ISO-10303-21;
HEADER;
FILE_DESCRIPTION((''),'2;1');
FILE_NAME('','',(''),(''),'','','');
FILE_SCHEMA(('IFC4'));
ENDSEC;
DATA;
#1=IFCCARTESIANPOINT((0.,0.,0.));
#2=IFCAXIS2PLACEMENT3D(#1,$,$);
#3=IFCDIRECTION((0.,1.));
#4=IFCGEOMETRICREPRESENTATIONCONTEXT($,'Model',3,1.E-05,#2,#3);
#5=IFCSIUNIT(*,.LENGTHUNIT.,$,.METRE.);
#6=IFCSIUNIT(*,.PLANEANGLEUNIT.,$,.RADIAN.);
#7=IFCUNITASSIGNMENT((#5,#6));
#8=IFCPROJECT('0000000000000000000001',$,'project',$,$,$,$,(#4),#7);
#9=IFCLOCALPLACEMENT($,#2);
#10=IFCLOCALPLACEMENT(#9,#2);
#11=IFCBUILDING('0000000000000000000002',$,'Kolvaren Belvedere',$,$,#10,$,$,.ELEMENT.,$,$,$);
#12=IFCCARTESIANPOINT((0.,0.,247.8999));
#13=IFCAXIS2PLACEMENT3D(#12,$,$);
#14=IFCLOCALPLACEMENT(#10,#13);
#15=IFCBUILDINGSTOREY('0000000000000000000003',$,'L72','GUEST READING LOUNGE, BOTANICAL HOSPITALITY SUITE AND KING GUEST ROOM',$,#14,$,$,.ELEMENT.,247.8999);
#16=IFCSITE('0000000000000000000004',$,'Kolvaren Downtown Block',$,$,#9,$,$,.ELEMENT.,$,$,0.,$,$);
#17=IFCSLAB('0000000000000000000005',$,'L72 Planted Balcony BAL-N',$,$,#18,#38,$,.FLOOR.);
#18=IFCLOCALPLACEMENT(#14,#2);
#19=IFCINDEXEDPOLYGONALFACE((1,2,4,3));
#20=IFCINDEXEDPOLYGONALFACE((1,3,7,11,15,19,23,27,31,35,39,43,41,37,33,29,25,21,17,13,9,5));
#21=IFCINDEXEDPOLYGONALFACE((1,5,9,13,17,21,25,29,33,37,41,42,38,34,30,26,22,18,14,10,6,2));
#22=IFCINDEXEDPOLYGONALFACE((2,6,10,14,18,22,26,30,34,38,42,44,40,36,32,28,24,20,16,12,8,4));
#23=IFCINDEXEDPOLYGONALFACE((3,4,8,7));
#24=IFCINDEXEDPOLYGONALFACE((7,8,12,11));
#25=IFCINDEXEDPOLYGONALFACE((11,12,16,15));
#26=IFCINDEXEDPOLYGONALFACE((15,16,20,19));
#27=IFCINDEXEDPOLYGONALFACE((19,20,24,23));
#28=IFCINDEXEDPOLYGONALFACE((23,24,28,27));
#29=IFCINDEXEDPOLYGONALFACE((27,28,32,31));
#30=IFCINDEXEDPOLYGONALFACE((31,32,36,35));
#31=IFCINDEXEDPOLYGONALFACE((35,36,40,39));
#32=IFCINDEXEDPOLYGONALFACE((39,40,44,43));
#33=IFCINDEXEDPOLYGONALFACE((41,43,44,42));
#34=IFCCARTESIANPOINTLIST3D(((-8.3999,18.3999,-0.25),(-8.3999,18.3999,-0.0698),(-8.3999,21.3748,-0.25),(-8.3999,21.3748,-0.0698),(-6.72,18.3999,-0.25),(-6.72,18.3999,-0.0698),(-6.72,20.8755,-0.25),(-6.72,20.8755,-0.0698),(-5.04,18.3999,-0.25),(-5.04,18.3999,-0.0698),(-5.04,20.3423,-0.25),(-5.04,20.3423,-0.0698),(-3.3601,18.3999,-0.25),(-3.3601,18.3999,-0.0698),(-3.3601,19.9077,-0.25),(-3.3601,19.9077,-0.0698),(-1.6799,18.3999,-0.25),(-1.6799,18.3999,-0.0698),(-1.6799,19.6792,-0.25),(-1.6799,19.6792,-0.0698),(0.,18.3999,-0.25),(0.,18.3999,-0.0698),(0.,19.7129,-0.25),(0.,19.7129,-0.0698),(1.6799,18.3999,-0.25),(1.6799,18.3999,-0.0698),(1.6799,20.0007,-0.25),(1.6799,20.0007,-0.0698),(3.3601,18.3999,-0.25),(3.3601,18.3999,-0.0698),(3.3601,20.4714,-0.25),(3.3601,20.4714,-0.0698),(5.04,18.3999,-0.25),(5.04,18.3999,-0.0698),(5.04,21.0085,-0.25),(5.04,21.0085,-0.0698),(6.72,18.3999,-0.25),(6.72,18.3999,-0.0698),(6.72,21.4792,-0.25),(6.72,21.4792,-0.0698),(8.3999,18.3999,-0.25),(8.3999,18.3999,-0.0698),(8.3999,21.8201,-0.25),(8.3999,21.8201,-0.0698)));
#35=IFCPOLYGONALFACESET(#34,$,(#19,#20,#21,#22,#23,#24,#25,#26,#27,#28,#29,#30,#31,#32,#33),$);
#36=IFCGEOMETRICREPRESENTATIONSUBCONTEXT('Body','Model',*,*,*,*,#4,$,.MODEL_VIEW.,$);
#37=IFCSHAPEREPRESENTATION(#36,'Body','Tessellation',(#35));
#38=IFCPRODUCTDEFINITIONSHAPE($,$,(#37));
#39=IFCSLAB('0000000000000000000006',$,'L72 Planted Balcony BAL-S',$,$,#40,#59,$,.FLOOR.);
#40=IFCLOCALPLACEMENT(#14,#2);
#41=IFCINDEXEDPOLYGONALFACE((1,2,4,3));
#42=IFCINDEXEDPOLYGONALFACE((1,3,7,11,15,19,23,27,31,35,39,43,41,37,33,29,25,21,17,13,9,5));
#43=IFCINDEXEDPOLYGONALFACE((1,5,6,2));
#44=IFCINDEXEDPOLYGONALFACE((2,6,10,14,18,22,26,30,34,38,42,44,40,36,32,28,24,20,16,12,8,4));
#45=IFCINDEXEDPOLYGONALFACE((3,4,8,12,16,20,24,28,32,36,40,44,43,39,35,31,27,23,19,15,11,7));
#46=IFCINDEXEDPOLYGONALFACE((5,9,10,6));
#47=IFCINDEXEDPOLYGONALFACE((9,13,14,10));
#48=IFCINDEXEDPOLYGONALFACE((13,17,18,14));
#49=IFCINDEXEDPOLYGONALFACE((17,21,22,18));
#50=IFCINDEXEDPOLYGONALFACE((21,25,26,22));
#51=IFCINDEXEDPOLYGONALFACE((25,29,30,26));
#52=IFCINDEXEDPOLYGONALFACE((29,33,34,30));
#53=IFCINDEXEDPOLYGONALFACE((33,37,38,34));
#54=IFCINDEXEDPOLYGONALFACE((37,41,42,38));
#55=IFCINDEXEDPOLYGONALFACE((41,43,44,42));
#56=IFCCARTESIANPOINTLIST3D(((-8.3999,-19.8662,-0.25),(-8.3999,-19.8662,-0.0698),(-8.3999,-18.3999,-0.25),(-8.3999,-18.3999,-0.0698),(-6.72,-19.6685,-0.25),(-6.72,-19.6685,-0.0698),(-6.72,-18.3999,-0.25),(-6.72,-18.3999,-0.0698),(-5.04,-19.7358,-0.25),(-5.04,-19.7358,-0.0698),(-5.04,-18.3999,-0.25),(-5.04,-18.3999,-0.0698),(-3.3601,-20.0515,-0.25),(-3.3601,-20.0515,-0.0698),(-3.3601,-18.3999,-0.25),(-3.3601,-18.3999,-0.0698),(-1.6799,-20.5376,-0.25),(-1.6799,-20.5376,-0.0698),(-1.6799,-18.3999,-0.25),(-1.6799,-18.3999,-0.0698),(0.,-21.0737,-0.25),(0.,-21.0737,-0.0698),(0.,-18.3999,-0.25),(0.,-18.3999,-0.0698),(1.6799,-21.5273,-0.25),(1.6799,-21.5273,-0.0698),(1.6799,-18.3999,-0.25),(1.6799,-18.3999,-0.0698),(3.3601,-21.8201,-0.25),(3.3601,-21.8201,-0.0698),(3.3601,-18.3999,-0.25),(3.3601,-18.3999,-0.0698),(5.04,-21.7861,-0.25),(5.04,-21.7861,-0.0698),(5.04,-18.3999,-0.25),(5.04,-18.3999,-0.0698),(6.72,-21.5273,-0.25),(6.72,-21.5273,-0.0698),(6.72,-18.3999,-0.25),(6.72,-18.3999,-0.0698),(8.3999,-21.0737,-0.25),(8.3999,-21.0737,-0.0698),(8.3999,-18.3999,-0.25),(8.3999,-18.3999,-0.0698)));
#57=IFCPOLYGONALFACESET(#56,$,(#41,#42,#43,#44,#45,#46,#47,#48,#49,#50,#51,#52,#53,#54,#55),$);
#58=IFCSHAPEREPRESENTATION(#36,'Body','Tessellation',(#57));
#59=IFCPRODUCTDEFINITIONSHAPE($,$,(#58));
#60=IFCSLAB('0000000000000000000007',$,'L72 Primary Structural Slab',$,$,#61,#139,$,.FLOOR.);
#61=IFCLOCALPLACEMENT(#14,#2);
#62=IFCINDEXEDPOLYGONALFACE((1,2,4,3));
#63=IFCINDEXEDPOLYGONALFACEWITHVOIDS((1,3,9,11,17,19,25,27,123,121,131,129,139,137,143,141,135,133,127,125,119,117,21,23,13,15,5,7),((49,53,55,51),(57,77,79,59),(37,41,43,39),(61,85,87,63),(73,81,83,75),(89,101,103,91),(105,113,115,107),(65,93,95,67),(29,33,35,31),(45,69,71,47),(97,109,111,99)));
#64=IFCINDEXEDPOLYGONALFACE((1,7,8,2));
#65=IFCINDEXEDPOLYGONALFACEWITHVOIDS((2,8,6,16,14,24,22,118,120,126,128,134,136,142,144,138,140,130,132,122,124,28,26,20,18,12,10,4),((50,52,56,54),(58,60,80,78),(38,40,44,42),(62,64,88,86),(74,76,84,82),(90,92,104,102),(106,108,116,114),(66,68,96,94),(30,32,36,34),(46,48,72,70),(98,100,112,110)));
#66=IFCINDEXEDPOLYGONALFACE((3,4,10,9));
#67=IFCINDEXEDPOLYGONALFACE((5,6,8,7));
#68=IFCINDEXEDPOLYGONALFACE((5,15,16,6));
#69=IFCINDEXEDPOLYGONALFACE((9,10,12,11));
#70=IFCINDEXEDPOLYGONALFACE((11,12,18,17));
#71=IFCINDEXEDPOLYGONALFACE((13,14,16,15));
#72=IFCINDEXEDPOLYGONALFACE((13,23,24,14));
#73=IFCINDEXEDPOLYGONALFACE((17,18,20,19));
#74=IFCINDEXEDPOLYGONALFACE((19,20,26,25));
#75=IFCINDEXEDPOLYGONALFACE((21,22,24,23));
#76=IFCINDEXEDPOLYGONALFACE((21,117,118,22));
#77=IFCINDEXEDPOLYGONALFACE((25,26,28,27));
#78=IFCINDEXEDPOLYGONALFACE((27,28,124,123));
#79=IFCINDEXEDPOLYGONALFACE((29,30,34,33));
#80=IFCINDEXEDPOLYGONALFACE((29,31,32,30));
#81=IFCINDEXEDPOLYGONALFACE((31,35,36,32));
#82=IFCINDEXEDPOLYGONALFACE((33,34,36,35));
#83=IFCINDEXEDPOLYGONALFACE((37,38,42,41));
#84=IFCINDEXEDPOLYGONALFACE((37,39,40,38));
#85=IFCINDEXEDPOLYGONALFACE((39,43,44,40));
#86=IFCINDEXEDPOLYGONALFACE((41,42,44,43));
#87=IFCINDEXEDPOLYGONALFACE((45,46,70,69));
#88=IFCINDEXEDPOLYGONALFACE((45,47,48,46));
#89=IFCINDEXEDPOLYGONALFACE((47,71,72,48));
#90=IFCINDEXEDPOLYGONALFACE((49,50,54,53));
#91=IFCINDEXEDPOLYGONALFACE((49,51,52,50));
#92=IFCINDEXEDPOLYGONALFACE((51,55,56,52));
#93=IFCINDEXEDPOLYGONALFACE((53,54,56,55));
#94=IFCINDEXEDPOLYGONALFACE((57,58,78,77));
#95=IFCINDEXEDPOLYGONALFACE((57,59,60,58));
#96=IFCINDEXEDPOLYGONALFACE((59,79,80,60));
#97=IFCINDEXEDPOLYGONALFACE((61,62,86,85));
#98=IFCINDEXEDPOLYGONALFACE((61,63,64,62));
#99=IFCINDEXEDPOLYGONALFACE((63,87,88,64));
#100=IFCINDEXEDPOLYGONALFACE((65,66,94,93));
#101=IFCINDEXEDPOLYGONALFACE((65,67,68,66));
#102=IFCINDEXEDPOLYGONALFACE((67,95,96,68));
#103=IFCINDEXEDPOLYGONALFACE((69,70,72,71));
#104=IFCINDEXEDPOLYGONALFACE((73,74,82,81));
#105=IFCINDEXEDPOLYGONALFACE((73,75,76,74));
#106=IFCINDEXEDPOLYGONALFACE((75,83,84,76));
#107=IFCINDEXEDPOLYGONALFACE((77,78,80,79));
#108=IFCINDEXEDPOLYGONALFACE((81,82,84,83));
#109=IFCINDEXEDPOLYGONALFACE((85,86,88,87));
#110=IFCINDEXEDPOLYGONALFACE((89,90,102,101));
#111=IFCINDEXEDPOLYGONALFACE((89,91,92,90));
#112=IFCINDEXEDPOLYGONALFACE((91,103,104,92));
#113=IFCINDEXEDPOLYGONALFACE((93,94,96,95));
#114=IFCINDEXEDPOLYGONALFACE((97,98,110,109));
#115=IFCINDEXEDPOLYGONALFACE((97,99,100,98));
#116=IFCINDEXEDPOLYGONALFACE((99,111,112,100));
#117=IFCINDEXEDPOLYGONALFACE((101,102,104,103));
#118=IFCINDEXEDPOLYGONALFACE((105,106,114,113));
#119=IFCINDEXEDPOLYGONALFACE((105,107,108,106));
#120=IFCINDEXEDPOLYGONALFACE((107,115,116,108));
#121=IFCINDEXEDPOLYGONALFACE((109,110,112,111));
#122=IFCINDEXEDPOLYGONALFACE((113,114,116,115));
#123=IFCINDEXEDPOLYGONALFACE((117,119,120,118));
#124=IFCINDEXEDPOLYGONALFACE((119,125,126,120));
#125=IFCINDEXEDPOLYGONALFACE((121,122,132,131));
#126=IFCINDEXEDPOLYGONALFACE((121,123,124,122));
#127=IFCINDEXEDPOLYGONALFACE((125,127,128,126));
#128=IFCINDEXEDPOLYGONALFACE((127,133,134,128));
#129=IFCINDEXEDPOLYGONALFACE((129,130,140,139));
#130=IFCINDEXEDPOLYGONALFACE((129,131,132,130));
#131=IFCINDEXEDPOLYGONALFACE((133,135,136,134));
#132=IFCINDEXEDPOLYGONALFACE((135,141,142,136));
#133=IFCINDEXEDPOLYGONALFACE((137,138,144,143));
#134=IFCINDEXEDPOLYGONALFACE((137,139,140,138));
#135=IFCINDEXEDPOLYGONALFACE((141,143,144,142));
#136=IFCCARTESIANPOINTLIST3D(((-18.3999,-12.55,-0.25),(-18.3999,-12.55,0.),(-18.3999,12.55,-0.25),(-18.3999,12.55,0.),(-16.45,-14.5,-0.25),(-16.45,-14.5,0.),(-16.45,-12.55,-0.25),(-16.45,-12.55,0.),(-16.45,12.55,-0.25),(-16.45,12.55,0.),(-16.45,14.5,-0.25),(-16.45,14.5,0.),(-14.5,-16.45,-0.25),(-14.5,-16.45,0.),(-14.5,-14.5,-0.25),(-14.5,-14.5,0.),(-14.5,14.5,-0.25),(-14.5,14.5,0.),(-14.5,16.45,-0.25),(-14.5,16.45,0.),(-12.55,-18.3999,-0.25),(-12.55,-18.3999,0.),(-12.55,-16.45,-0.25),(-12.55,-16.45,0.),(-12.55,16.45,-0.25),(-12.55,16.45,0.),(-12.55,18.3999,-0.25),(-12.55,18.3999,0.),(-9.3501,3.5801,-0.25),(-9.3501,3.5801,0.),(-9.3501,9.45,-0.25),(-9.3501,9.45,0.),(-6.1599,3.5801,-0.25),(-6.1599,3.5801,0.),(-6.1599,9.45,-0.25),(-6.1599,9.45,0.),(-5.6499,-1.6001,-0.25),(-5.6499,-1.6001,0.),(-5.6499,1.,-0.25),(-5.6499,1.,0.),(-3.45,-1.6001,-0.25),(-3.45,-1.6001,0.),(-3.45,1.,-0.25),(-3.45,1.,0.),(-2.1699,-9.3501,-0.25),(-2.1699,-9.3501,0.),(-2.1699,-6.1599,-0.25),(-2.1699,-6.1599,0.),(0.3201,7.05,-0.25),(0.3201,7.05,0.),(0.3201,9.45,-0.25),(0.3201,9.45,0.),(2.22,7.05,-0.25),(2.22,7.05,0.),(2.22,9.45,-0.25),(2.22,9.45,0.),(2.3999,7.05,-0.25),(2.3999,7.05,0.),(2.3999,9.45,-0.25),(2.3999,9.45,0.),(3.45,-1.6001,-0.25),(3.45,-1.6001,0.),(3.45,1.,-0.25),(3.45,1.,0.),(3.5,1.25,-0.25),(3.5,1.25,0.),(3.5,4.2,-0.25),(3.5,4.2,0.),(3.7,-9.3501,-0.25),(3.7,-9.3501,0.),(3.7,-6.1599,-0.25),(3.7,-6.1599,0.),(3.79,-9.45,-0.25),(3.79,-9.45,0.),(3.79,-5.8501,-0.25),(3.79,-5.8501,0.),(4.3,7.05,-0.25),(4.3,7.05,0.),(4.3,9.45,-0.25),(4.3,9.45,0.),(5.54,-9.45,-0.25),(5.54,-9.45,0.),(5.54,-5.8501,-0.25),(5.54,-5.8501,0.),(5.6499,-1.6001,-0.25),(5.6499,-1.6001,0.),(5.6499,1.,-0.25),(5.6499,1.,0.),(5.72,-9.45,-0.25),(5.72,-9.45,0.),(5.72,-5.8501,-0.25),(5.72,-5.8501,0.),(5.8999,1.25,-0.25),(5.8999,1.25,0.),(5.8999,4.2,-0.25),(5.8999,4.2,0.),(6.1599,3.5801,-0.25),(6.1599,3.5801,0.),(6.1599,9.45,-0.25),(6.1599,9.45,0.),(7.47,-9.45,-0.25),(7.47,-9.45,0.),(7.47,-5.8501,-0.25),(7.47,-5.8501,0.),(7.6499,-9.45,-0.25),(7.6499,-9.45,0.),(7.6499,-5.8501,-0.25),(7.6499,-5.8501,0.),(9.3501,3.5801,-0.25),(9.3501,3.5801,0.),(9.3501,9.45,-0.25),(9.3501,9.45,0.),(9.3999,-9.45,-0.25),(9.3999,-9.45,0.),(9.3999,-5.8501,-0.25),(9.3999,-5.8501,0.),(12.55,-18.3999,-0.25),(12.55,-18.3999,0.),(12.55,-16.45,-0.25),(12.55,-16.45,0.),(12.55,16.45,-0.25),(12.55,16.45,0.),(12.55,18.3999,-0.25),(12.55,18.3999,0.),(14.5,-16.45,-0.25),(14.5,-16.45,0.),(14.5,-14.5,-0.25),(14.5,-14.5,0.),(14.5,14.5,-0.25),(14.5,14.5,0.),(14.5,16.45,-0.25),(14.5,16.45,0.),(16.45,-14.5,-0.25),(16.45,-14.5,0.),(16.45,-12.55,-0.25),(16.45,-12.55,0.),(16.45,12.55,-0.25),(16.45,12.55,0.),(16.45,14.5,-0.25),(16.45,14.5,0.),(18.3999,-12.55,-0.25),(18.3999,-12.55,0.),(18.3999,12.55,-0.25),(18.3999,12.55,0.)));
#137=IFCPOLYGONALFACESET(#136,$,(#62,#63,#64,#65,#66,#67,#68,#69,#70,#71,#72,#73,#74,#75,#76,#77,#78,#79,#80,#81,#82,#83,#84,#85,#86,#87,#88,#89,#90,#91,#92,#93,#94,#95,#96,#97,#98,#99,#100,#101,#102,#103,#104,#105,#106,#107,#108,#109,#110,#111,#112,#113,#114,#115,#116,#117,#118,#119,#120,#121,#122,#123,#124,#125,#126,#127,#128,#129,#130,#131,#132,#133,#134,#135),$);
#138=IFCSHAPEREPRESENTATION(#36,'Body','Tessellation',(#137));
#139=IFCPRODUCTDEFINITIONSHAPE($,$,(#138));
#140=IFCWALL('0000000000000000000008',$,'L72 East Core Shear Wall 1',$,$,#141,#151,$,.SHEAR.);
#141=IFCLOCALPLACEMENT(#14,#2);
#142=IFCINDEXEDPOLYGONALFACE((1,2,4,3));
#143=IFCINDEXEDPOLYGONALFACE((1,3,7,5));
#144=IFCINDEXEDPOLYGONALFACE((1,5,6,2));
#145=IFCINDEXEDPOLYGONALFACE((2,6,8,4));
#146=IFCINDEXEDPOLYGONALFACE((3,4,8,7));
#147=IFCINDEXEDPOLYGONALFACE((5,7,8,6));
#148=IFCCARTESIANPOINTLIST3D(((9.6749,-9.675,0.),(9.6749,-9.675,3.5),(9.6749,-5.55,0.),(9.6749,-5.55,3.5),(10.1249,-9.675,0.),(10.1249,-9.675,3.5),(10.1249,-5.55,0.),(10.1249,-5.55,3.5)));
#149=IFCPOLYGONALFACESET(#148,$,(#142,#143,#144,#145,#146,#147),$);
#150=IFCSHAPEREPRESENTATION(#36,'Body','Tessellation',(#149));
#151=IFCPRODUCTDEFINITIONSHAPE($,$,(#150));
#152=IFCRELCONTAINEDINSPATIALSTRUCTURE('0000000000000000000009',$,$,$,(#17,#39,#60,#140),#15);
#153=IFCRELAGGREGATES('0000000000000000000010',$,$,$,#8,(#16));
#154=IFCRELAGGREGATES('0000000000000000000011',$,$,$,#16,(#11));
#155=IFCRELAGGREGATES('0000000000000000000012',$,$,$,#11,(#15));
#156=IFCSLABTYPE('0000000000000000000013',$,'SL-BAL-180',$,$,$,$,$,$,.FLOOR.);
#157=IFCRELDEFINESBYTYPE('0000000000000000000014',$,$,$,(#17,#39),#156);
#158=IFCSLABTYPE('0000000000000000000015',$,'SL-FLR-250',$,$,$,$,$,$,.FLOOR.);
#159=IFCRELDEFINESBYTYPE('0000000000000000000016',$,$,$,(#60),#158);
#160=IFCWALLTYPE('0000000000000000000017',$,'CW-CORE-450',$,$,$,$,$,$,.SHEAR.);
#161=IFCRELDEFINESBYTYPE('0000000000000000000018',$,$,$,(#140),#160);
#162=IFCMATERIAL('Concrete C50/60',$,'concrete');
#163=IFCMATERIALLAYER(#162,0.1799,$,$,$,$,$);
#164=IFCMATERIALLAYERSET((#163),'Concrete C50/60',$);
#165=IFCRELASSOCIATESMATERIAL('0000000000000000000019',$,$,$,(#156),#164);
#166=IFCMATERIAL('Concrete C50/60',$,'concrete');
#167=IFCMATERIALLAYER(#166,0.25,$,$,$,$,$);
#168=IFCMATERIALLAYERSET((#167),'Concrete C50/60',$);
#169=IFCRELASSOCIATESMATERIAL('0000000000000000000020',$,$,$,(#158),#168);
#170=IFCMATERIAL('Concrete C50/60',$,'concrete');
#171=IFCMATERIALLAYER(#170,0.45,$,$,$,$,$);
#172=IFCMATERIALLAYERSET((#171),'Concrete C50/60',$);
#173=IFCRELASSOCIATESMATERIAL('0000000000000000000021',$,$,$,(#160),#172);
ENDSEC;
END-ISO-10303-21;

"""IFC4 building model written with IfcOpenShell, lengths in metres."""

from ifc_helpers import new_model, si_unit, direction, frame, frame_2d, origin, place, context, subcontext, project, spatial, polyline, rectangle, outline, extrude, material, layer, layer_set, type_object, element, save


model = new_model("IFC4")

# Units and contexts
model_context = context("Model", 3, precision=1e-05, world=origin(), true_north=direction((0.0, 1.0)))
body_context = subcontext(model_context, "Body", "Model", "MODEL_VIEW")
ifc_project = project(units=[si_unit("LENGTHUNIT", "METRE"), si_unit("PLANEANGLEUNIT", "RADIAN")], contexts=[model_context])

# Site, building, storey
site_placement = place(None, origin())
site = spatial("IfcSite", under=ifc_project, at=site_placement, Name="Kolvaren Downtown Block", CompositionType="ELEMENT", RefElevation=0.0)
building_placement = place(site_placement, origin())
building = spatial("IfcBuilding", under=site, at=building_placement, Name="Kolvaren Belvedere", CompositionType="ELEMENT")
storey_placement = place(building_placement, frame((0.0, 0.0, 247.8999)))
storey = spatial("IfcBuildingStorey", under=building, at=storey_placement, Name="L72", Description="GUEST READING LOUNGE, BOTANICAL HOSPITALITY SUITE AND KING GUEST ROOM", CompositionType="ELEMENT", Elevation=247.8999)

# Slabs
ifc_material_1 = material(Name="Concrete C50/60", Category="concrete")
ifc_layer_1 = layer(ifc_material_1, 0.1799)
ifc_layer_set_1 = layer_set([ifc_layer_1], Name="Concrete C50/60")
slab_type_1 = type_object("IfcSlabType", Name="SL-BAL-180", PredefinedType="FLOOR", material=ifc_layer_set_1)
slab_1_placement = place(storey_placement, frame((0.0, 0.0, -0.25)))
element("IfcSlab", 1, at=slab_1_placement, inside=storey, type_object=slab_type_1, Name="L72 Planted Balcony BAL-N", PredefinedType="FLOOR", context=body_context, shape_type="SweptSolid", body=[
    extrude(outline(polyline([(-8.3999, 18.3999), (-6.72, 18.3999), (-5.04, 18.3999), (-3.3601, 18.3999), (-1.6799, 18.3999), (0.0, 18.3999), (1.6799, 18.3999), (3.3601, 18.3999), (5.04, 18.3999), (6.72, 18.3999), (8.3999, 18.3999), (8.3999, 21.8201), (6.72, 21.4792), (5.04, 21.0085), (3.3601, 20.4714), (1.6799, 20.0007), (0.0, 19.7129), (-1.6799, 19.6792), (-3.3601, 19.9077), (-5.04, 20.3423), (-6.72, 20.8755), (-8.3999, 21.3748), (-8.3999, 18.3999)])), origin(), (0.0, 0.0, 1.0), 0.1802),
])
slab_2_placement = place(storey_placement, frame((0.0, 0.0, -0.25)))
element("IfcSlab", 2, at=slab_2_placement, inside=storey, type_object=slab_type_1, Name="L72 Planted Balcony BAL-S", PredefinedType="FLOOR", context=body_context, shape_type="SweptSolid", body=[
    extrude(outline(polyline([(-8.3999, -19.8662), (-6.72, -19.6685), (-5.04, -19.7358), (-3.3601, -20.0515), (-1.6799, -20.5376), (0.0, -21.0737), (1.6799, -21.5273), (3.3601, -21.8201), (5.04, -21.7861), (6.72, -21.5273), (8.3999, -21.0737), (8.3999, -18.3999), (6.72, -18.3999), (5.04, -18.3999), (3.3601, -18.3999), (1.6799, -18.3999), (0.0, -18.3999), (-1.6799, -18.3999), (-3.3601, -18.3999), (-5.04, -18.3999), (-6.72, -18.3999), (-8.3999, -18.3999), (-8.3999, -19.8662)])), origin(), (0.0, 0.0, 1.0), 0.1802),
])
ifc_material_2 = material(Name="Concrete C50/60", Category="concrete")
ifc_layer_2 = layer(ifc_material_2, 0.25)
ifc_layer_set_2 = layer_set([ifc_layer_2], Name="Concrete C50/60")
slab_type_2 = type_object("IfcSlabType", Name="SL-FLR-250", PredefinedType="FLOOR", material=ifc_layer_set_2)
slab_3_placement = place(storey_placement, frame((0.0, 0.0, -0.25)))
element("IfcSlab", 3, at=slab_3_placement, inside=storey, type_object=slab_type_2, Name="L72 Primary Structural Slab", PredefinedType="FLOOR", context=body_context, shape_type="SweptSolid", body=[
    extrude(outline(polyline([(-12.55, -18.3999), (12.55, -18.3999), (12.55, -16.45), (14.5, -16.45), (14.5, -14.5), (16.45, -14.5), (16.45, -12.55), (18.3999, -12.55), (18.3999, 12.55), (16.45, 12.55), (16.45, 14.5), (14.5, 14.5), (14.5, 16.45), (12.55, 16.45), (12.55, 18.3999), (-12.55, 18.3999), (-12.55, 16.45), (-14.5, 16.45), (-14.5, 14.5), (-16.45, 14.5), (-16.45, 12.55), (-18.3999, 12.55), (-18.3999, -12.55), (-16.45, -12.55), (-16.45, -14.5), (-14.5, -14.5), (-14.5, -16.45), (-12.55, -16.45), (-12.55, -18.3999)]), holes=[polyline([(-9.3501, 3.5801), (-6.1599, 3.5801), (-6.1599, 9.45), (-9.3501, 9.45), (-9.3501, 3.5801)]), polyline([(6.1599, 3.5801), (9.3501, 3.5801), (9.3501, 9.45), (6.1599, 9.45), (6.1599, 3.5801)]), polyline([(-2.1699, -9.3501), (3.7, -9.3501), (3.7, -6.1599), (-2.1699, -6.1599), (-2.1699, -9.3501)]), polyline([(-5.6499, -1.6001), (-3.45, -1.6001), (-3.45, 1.0), (-5.6499, 1.0), (-5.6499, -1.6001)]), polyline([(3.5, 1.25), (5.8999, 1.25), (5.8999, 4.2), (3.5, 4.2), (3.5, 1.25)]), polyline([(3.45, -1.6001), (5.6499, -1.6001), (5.6499, 1.0), (3.45, 1.0), (3.45, -1.6001)]), polyline([(3.79, -9.45), (5.54, -9.45), (5.54, -5.8501), (3.79, -5.8501), (3.79, -9.45)]), polyline([(5.72, -9.45), (7.47, -9.45), (7.47, -5.8501), (5.72, -5.8501), (5.72, -9.45)]), polyline([(7.6499, -9.45), (9.3999, -9.45), (9.3999, -5.8501), (7.6499, -5.8501), (7.6499, -9.45)]), polyline([(0.3201, 7.05), (2.22, 7.05), (2.22, 9.45), (0.3201, 9.45), (0.3201, 7.05)]), polyline([(2.3999, 7.05), (4.3, 7.05), (4.3, 9.45), (2.3999, 9.45), (2.3999, 7.05)])]), origin(), (0.0, 0.0, 1.0), 0.25),
])

# Wall
ifc_material_3 = material(Name="Concrete C50/60", Category="concrete")
ifc_layer_3 = layer(ifc_material_3, 0.45)
ifc_layer_set_3 = layer_set([ifc_layer_3], Name="Concrete C50/60")
wall_type_1 = type_object("IfcWallType", Name="CW-CORE-450", PredefinedType="SHEAR", material=ifc_layer_set_3)
wall_1_placement = place(storey_placement, frame((9.8999, -9.675, 0.0), z_axis=(0.0, 0.0, 1.0), x_axis=(0.0, 1.0, 0.0)))
element("IfcWall", 4, at=wall_1_placement, inside=storey, type_object=wall_type_1, Name="L72 East Core Shear Wall 1", PredefinedType="SHEAR", context=body_context, shape_type="SweptSolid", body=[
    extrude(rectangle(XDim=4.125, YDim=0.45, at=frame_2d((2.0625, 0.0))), origin(), (0.0, 0.0, 1.0), 3.5),
])

save(model, "model.ifc")
